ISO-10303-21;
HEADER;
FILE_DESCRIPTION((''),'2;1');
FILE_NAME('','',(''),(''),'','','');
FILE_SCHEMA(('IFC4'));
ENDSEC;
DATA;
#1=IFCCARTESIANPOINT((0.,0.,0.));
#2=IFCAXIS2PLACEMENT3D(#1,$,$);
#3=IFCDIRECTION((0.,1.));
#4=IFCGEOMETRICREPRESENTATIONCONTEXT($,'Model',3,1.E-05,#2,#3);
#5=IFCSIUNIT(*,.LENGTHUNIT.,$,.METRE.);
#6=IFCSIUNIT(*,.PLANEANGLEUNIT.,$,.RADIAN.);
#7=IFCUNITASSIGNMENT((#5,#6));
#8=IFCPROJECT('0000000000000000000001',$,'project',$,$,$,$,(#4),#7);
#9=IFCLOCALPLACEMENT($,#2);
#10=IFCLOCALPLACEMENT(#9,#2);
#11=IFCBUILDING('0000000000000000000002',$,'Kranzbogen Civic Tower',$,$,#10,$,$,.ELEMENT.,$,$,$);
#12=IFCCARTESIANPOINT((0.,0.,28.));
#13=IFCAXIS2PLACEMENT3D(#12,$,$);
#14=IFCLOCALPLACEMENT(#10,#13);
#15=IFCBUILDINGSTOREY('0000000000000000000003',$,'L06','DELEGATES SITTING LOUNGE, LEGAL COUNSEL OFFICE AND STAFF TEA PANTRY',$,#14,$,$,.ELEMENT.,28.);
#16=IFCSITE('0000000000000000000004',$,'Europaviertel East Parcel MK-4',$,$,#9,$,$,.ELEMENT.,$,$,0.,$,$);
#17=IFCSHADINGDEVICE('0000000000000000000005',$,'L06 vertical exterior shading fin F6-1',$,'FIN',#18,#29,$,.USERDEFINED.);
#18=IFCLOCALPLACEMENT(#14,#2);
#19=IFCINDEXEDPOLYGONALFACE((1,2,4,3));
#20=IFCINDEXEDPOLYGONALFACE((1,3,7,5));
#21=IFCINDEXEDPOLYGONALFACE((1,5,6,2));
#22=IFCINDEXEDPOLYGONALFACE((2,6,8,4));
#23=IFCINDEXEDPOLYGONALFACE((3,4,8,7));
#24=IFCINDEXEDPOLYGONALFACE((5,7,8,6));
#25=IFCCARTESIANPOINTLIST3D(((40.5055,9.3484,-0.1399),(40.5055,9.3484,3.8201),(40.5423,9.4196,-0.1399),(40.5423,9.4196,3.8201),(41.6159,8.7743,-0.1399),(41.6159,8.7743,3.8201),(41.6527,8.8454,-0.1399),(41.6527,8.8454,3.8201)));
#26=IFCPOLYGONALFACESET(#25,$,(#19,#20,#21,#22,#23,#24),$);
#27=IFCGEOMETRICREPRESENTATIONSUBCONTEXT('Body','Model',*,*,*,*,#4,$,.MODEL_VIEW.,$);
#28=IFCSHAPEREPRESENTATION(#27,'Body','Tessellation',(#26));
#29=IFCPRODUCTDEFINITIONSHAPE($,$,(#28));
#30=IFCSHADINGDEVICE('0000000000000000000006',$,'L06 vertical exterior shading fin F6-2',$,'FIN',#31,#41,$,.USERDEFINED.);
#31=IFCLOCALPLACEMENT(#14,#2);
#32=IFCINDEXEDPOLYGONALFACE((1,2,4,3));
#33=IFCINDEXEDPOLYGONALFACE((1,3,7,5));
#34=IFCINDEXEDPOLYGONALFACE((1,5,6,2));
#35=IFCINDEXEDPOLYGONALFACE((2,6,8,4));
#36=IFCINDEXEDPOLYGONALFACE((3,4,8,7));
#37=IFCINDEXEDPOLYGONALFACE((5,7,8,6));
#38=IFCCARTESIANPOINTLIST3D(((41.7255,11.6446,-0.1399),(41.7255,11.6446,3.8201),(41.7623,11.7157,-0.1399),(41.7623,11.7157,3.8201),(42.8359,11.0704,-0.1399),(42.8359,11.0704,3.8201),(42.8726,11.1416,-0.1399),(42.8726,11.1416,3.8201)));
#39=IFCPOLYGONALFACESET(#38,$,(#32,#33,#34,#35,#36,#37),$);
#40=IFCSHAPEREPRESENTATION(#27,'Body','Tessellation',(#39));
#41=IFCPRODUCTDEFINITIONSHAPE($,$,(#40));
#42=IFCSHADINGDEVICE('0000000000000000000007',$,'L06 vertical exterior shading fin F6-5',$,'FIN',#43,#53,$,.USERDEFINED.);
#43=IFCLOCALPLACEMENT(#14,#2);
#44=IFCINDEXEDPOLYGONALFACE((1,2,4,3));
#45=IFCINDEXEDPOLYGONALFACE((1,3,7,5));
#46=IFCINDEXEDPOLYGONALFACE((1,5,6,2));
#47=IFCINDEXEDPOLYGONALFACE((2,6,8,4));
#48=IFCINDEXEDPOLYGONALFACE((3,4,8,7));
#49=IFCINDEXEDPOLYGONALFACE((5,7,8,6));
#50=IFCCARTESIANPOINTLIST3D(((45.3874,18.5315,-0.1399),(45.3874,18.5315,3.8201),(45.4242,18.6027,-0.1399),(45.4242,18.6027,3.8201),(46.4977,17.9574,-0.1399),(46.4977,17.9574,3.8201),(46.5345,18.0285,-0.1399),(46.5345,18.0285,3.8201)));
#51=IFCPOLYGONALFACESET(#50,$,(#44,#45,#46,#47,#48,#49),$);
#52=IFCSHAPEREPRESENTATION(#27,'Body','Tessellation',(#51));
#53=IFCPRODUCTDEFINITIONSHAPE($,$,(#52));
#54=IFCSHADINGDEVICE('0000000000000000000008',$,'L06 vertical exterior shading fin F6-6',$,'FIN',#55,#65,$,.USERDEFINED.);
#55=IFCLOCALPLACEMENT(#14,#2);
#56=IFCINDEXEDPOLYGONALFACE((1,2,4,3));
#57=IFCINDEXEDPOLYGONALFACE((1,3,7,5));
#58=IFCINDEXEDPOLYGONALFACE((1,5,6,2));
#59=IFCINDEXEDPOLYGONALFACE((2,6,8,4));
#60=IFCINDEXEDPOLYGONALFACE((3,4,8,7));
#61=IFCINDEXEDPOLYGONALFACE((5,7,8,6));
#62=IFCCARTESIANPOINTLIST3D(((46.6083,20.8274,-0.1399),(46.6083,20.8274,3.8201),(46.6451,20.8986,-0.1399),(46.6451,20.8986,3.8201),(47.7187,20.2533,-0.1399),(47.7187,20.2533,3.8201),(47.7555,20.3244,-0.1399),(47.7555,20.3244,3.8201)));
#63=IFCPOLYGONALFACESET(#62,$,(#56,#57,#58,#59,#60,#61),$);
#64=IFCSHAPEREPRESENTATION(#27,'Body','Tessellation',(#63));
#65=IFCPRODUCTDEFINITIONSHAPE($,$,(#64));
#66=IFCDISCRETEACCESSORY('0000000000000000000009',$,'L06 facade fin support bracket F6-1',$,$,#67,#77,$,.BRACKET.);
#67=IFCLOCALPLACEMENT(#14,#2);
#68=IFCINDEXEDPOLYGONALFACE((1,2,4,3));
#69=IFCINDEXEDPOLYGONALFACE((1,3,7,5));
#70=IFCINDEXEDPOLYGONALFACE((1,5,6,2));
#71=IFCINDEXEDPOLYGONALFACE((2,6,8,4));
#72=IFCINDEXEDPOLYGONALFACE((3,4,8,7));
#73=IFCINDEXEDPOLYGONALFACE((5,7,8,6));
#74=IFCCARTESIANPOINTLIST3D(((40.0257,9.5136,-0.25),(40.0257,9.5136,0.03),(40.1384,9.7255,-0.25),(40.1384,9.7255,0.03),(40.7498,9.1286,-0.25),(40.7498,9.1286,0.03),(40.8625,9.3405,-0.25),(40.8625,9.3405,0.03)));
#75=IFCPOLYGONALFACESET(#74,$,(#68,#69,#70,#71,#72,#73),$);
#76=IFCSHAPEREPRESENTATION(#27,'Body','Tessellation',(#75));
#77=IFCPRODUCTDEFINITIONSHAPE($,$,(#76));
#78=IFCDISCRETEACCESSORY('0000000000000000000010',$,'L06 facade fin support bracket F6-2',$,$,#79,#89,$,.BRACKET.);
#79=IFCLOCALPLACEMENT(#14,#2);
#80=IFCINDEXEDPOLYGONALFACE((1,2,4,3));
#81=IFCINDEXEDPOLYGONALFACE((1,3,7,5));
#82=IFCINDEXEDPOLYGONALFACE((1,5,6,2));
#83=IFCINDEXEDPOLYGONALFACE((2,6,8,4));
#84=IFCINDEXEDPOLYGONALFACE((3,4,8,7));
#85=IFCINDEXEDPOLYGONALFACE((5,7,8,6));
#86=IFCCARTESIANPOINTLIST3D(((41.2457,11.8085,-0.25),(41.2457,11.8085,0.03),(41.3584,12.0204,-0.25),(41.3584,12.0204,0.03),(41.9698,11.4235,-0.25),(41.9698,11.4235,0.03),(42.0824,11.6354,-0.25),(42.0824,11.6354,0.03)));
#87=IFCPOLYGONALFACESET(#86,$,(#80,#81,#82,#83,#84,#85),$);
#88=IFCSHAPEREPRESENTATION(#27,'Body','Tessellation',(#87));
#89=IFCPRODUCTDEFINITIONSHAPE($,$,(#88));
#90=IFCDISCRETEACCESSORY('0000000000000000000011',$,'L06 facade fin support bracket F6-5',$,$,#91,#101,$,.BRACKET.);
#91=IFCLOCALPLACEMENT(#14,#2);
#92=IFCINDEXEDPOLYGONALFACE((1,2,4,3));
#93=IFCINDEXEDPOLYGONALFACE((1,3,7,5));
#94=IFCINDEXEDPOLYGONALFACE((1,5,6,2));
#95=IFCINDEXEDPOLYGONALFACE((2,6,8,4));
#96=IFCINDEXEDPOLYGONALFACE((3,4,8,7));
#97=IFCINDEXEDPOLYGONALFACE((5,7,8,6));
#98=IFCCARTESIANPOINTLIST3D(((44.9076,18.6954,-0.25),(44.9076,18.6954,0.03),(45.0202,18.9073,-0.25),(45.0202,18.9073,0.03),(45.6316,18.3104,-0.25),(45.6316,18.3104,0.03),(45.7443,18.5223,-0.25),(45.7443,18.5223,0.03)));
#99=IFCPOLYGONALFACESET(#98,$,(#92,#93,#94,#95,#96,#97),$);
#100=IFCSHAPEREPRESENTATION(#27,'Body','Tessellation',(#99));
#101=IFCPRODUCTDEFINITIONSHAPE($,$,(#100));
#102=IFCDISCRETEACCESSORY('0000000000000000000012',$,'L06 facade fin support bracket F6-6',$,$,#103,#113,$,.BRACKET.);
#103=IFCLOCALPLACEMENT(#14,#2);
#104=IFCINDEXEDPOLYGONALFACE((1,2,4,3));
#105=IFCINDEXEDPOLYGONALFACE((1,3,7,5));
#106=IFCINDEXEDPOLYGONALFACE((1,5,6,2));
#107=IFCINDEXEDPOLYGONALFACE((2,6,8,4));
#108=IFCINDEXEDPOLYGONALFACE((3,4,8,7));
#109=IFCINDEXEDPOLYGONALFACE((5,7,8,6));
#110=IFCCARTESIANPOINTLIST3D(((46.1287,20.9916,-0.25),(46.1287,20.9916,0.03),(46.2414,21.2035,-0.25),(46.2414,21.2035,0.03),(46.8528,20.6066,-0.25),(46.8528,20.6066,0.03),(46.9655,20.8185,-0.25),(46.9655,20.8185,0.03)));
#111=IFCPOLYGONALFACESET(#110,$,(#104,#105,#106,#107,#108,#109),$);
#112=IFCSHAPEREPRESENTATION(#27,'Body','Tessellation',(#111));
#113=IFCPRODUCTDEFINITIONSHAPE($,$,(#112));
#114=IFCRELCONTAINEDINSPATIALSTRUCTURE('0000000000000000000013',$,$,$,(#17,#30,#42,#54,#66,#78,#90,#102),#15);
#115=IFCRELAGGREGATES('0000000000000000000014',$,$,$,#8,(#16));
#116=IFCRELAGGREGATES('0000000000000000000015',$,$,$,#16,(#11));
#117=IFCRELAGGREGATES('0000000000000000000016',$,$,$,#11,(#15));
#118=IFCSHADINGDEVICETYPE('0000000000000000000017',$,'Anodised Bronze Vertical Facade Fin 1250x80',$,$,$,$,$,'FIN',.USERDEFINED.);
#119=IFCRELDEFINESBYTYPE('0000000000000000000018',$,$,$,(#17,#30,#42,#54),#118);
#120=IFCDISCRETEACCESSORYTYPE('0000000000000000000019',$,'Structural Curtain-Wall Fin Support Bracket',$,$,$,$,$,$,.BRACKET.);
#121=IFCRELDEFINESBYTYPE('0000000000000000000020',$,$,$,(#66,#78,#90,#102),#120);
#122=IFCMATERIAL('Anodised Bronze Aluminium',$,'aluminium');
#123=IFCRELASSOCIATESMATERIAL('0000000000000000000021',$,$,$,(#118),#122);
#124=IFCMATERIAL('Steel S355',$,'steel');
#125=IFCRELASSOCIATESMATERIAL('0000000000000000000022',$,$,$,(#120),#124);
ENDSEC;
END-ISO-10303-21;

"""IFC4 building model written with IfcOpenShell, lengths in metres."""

from ifc_helpers import new_model, si_unit, direction, frame, origin, origin_2d, place, context, subcontext, project, spatial, rectangle, extrude, material, type_object, element, save


model = new_model("IFC4")

# Units and contexts
model_context = context("Model", 3, precision=1e-05, world=origin(), true_north=direction((0.0, 1.0)))
body_context = subcontext(model_context, "Body", "Model", "MODEL_VIEW")
ifc_project = project(units=[si_unit("LENGTHUNIT", "METRE"), si_unit("PLANEANGLEUNIT", "RADIAN")], contexts=[model_context])

# Site, building, storey
site_placement = place(None, origin())
site = spatial("IfcSite", under=ifc_project, at=site_placement, Name="Europaviertel East Parcel MK-4", CompositionType="ELEMENT", RefElevation=0.0)
building_placement = place(site_placement, origin())
building = spatial("IfcBuilding", under=site, at=building_placement, Name="Kranzbogen Civic Tower", CompositionType="ELEMENT")
storey_placement = place(building_placement, frame((0.0, 0.0, 28.0)))
storey = spatial("IfcBuildingStorey", under=building, at=storey_placement, Name="L06", Description="DELEGATES SITTING LOUNGE, LEGAL COUNSEL OFFICE AND STAFF TEA PANTRY", CompositionType="ELEMENT", Elevation=28.0)

# Shared definitions
ifc_material_1 = material(Name="Steel S355", Category="steel")

# Shading devices
ifc_material_2 = material(Name="Anodised Bronze Aluminium", Category="aluminium")
shading_device_type = type_object("IfcShadingDeviceType", Name="Anodised Bronze Vertical Facade Fin 1250x80", ElementType="FIN", PredefinedType="USERDEFINED", material=ifc_material_2)
for number, where, z_axis, x_axis, name in (
    (1, (41.0791, 9.0969, -0.1399), (0.0, 0.0, 1.0), (0.888281, -0.459301, 0.0), "L06 vertical exterior shading fin F6-1"),
    (2, (42.2991, 11.3931, -0.1399), (0.0, 0.0, 1.0), (0.888281, -0.459301, 0.0), "L06 vertical exterior shading fin F6-2"),
    (3, (45.9609, 18.28, -0.1399), (0.0, 0.0, 1.0), (0.888281, -0.459301, 0.0), "L06 vertical exterior shading fin F6-5"),
    (4, (47.1819, 20.5759, -0.1399), (0.0, 0.0, 1.0), (0.888281, -0.459301, 0.0), "L06 vertical exterior shading fin F6-6"),
):
    element("IfcShadingDevice", number, at=place(storey_placement, frame(where, z_axis=z_axis, x_axis=x_axis)), inside=storey, type_object=shading_device_type, Name=name, ObjectType="FIN", PredefinedType="USERDEFINED", context=body_context, shape_type="SweptSolid", body=[
        extrude(rectangle(XDim=1.25, YDim=0.0801, at=origin_2d()), origin(), (0.0, 0.0, 1.0), 3.96),
    ])

# Discrete accessories
discrete_accessory_type = type_object("IfcDiscreteAccessoryType", Name="Structural Curtain-Wall Fin Support Bracket", PredefinedType="BRACKET", material=ifc_material_1)
for number, where, z_axis, x_axis, name in (
    (5, (40.4441, 9.427, -0.25), (0.0, 0.0, 1.0), (0.882948, -0.469472, 0.0), "L06 facade fin support bracket F6-1"),
    (6, (41.6641, 11.7219, -0.25), (0.0, 0.0, 1.0), (0.882948, -0.469472, 0.0), "L06 facade fin support bracket F6-2"),
    (7, (45.3259, 18.6089, -0.25), (0.0, 0.0, 1.0), (0.882948, -0.469472, 0.0), "L06 facade fin support bracket F6-5"),
    (8, (46.5471, 20.905, -0.25), (0.0, 0.0, 1.0), (0.882948, -0.469472, 0.0), "L06 facade fin support bracket F6-6"),
):
    element("IfcDiscreteAccessory", number, at=place(storey_placement, frame(where, z_axis=z_axis, x_axis=x_axis)), inside=storey, type_object=discrete_accessory_type, Name=name, PredefinedType="BRACKET", context=body_context, shape_type="SweptSolid", body=[
        extrude(rectangle(XDim=0.8201, YDim=0.24, at=origin_2d()), origin(), (0.0, 0.0, 1.0), 0.28),
    ])

save(model, "model.ifc")
